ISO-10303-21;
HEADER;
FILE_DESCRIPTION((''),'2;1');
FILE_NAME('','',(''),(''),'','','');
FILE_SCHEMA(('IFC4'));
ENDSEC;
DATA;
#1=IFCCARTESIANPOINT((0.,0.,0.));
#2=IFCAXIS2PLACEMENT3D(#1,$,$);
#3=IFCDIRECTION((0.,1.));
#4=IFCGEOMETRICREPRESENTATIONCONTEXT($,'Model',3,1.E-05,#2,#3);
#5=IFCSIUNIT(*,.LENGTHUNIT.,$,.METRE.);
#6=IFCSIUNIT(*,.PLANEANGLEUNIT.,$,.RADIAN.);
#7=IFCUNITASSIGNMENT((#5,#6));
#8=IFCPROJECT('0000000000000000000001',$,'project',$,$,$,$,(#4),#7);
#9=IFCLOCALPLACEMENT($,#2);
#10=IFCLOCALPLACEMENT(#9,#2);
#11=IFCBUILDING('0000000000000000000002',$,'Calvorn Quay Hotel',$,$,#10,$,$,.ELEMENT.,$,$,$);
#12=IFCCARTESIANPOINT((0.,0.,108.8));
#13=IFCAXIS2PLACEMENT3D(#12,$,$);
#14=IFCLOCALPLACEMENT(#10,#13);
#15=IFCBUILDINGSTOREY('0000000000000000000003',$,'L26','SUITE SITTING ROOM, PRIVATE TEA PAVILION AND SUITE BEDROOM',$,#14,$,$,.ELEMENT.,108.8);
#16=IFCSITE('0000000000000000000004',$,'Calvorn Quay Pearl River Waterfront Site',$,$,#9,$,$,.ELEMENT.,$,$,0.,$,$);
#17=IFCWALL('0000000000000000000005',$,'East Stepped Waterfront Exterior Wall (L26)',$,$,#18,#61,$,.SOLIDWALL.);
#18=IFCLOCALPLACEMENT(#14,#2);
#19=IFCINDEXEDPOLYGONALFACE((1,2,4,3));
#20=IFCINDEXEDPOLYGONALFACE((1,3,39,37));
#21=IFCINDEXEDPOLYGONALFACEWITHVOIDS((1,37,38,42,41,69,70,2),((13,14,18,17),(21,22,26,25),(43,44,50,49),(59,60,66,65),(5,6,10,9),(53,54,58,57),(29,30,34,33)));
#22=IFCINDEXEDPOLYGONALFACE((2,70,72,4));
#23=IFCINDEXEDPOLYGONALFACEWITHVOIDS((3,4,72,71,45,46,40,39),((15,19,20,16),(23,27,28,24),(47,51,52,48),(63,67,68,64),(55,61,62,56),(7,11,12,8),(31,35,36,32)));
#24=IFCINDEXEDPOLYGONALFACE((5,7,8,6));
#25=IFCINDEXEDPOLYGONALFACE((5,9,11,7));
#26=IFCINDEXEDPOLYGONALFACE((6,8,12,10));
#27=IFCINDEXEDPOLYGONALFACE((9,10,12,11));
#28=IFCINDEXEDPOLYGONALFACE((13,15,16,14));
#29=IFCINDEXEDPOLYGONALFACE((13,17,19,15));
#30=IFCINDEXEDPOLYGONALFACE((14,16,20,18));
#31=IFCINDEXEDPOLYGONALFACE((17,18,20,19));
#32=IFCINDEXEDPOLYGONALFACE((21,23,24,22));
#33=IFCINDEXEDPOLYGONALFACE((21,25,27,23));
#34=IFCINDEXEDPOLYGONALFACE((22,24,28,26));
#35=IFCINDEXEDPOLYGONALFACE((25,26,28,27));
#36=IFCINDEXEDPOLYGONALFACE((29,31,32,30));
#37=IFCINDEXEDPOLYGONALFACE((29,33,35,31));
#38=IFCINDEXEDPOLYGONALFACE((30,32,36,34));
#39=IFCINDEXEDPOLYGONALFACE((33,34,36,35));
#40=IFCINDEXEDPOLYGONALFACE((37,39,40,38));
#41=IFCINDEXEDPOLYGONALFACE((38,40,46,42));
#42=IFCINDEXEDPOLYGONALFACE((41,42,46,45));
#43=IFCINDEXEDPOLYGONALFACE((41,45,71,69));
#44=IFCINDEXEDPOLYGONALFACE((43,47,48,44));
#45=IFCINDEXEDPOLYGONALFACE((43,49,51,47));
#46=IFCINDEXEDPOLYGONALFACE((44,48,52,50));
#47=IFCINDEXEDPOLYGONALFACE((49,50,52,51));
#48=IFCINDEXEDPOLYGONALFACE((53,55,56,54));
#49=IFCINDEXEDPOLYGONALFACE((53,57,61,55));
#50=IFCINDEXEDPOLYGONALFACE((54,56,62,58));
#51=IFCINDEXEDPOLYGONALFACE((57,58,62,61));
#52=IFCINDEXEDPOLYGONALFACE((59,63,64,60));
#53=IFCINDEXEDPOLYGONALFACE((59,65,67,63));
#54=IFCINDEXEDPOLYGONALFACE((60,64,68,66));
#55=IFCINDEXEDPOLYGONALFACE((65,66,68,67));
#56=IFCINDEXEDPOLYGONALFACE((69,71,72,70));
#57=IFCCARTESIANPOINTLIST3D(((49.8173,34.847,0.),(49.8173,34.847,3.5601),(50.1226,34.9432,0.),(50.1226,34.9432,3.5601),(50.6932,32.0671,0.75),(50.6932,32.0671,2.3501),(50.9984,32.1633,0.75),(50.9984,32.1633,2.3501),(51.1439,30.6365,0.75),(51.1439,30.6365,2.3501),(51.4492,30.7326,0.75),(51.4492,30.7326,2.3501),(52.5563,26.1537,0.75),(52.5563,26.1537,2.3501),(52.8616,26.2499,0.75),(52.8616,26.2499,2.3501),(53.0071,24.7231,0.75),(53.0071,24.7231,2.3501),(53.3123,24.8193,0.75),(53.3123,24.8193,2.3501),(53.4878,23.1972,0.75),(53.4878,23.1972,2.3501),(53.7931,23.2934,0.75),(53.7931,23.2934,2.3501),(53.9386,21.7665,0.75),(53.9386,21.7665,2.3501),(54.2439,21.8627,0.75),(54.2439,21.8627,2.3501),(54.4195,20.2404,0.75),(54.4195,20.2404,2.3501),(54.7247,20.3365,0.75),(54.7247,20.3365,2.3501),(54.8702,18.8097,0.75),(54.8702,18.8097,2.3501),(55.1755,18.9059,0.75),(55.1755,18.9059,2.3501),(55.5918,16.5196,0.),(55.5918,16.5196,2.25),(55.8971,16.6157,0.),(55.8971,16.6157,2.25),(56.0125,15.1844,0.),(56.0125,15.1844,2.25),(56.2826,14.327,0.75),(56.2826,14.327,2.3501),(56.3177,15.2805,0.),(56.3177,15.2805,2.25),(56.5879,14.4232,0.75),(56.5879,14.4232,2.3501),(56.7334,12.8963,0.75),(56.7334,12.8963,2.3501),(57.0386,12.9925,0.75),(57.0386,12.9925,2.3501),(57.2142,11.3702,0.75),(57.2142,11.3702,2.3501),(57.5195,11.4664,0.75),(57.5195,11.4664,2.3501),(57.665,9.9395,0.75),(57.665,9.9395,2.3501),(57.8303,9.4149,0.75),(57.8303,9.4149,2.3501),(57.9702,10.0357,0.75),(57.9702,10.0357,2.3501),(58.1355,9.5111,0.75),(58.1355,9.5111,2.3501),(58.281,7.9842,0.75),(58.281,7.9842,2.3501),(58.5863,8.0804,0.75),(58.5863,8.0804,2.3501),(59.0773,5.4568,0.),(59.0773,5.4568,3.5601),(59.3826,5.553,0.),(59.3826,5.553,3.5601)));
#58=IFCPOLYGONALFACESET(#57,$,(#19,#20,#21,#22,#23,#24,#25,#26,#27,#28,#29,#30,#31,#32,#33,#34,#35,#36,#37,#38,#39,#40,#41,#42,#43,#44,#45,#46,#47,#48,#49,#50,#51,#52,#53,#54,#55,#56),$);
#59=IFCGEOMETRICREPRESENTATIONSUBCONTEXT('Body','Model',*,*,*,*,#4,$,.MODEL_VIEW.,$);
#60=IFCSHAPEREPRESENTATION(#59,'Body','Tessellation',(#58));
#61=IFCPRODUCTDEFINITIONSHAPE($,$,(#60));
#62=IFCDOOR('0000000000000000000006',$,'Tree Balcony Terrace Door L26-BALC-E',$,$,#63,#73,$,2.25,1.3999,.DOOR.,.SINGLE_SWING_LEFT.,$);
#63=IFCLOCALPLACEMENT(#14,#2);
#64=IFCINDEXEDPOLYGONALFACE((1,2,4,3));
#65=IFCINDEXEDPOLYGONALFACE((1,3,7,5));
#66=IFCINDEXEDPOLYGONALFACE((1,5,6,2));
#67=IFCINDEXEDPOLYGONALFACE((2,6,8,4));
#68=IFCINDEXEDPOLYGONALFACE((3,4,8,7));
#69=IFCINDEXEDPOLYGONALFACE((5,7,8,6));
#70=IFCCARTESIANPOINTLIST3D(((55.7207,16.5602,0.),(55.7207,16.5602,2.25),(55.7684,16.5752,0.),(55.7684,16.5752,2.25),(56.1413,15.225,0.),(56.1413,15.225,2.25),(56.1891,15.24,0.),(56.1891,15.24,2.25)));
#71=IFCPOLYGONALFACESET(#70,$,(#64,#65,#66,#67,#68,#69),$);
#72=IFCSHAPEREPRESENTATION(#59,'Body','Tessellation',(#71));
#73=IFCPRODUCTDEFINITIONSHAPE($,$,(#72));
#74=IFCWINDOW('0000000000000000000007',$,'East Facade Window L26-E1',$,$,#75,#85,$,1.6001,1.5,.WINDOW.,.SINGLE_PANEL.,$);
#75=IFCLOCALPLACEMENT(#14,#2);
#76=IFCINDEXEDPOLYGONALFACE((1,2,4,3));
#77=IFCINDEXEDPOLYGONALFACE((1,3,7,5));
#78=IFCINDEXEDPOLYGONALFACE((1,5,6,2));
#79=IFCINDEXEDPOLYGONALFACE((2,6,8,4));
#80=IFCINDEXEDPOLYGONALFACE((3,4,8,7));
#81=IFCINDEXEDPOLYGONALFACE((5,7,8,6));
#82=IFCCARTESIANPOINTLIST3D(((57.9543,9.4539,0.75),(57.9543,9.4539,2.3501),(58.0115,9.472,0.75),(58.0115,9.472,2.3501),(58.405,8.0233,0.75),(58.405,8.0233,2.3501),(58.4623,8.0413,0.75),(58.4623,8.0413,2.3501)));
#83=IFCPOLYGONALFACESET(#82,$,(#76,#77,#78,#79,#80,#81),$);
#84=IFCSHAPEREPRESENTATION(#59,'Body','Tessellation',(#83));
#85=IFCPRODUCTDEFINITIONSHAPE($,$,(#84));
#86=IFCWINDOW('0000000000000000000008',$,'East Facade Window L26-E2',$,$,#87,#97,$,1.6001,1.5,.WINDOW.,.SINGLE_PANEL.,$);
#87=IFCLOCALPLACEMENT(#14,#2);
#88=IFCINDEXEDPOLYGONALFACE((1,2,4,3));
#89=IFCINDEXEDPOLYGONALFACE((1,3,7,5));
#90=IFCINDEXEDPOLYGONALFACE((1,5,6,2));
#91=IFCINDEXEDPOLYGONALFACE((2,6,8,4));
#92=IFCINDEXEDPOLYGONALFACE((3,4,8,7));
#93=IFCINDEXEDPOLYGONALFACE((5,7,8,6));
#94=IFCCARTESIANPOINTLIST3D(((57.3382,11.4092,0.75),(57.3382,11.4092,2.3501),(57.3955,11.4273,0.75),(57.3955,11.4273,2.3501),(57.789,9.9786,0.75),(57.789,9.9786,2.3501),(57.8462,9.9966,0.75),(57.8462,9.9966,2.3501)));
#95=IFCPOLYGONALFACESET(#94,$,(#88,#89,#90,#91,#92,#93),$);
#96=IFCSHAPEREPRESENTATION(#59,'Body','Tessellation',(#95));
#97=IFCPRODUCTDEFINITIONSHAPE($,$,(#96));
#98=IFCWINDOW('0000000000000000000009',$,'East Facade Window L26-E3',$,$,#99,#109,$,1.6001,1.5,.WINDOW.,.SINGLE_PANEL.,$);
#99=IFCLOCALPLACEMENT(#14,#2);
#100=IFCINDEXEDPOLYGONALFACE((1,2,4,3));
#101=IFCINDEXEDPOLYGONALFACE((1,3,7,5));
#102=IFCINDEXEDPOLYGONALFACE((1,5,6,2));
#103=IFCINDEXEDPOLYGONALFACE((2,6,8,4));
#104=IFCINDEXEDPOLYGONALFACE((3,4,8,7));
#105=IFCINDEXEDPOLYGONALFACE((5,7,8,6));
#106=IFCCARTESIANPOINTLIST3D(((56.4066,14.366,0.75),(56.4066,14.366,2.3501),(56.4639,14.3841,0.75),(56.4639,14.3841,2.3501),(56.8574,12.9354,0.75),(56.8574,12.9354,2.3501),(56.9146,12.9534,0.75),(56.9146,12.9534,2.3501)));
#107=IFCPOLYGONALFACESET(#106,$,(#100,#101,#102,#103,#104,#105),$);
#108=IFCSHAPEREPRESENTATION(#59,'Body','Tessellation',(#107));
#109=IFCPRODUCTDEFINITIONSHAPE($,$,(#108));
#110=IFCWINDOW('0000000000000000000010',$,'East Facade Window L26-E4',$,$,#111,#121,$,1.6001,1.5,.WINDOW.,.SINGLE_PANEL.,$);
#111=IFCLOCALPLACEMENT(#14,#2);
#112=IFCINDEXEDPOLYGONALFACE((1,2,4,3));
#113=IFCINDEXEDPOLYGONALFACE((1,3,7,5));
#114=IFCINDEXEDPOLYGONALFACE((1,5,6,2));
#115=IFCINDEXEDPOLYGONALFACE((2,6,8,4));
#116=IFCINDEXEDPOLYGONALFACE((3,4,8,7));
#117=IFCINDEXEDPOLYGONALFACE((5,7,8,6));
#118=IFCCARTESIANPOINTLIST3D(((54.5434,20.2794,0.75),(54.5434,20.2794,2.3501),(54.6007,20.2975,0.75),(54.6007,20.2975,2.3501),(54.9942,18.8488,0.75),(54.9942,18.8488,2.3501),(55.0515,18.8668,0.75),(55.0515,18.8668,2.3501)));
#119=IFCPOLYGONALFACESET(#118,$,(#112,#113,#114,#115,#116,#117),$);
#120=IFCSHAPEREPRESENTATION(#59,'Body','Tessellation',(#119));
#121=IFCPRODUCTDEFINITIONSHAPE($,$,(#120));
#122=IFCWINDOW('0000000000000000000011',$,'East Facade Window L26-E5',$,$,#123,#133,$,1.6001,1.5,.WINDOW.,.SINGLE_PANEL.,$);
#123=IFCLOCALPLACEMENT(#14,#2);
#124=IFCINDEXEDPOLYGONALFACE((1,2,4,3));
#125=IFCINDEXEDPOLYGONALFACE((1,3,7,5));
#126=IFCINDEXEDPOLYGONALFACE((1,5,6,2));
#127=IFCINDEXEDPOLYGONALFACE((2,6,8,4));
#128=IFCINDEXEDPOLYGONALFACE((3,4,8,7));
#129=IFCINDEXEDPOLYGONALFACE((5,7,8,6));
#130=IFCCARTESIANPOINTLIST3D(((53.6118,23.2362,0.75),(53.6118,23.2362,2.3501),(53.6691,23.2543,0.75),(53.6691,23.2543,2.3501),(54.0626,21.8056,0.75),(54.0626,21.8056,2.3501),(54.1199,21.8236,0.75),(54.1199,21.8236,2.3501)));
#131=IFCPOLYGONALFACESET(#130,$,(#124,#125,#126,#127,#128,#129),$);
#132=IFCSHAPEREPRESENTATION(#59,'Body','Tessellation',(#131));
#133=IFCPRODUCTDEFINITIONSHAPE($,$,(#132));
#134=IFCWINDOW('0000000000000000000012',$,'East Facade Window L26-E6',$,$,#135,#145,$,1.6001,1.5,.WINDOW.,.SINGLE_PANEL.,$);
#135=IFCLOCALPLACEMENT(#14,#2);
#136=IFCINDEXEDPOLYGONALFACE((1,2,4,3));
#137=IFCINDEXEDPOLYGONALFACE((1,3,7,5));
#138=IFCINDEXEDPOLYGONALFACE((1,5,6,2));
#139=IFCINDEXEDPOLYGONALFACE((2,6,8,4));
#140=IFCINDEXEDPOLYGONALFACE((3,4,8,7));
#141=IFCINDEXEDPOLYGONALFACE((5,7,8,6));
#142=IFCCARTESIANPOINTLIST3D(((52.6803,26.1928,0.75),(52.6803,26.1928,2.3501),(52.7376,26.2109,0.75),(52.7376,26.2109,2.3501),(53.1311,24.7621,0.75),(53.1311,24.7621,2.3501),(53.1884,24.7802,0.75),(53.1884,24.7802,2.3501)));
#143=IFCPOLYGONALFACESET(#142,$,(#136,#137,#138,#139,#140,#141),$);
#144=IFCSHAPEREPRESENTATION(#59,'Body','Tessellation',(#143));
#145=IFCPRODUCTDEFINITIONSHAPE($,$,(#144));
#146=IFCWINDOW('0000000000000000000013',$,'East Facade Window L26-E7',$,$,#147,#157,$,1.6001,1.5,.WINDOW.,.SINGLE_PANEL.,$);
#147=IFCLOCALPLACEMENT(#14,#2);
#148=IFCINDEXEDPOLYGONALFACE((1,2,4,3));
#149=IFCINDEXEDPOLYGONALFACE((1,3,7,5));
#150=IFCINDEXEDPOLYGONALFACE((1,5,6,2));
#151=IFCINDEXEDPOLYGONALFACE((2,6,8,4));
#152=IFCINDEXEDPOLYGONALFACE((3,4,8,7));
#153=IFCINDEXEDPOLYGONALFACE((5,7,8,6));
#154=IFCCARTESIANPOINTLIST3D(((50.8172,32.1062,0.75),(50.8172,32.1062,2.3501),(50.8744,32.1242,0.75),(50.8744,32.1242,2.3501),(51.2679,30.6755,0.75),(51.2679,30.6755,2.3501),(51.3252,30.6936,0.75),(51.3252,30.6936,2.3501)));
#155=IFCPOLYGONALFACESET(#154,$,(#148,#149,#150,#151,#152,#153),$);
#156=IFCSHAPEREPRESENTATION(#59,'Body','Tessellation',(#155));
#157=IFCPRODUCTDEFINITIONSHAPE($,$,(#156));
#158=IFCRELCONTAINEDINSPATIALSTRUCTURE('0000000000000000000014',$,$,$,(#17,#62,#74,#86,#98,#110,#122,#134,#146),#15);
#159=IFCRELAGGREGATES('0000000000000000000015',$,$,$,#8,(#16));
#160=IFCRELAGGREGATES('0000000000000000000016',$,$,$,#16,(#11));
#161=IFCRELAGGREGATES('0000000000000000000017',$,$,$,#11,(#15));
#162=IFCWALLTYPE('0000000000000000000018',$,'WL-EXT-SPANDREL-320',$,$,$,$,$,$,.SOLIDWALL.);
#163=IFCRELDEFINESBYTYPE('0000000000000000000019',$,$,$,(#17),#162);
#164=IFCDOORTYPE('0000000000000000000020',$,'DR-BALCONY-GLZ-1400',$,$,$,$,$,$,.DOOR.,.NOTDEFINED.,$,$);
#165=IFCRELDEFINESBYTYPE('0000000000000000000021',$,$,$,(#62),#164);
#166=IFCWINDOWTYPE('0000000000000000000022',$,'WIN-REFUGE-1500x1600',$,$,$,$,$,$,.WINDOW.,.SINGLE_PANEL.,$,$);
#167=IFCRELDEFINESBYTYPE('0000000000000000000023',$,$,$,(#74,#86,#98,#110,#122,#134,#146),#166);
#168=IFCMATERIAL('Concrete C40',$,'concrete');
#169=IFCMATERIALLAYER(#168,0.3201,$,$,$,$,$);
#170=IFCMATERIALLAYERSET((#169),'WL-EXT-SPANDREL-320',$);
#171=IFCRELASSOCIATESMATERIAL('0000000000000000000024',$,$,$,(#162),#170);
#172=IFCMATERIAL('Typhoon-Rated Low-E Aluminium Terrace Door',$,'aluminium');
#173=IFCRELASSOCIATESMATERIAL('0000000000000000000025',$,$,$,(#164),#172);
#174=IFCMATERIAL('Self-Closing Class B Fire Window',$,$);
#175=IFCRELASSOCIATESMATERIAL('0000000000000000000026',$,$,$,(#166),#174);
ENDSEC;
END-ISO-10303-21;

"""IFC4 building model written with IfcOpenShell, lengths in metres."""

from ifc_helpers import new_model, si_unit, direction, frame, frame_2d, origin, place, context, subcontext, project, spatial, rectangle, extrude, material, layer, layer_set, type_object, element, fill, save


model = new_model("IFC4")

# Units and contexts
model_context = context("Model", 3, precision=1e-05, world=origin(), true_north=direction((0.0, 1.0)))
body_context = subcontext(model_context, "Body", "Model", "MODEL_VIEW")
ifc_project = project(units=[si_unit("LENGTHUNIT", "METRE"), si_unit("PLANEANGLEUNIT", "RADIAN")], contexts=[model_context])

# Site, building, storey
site_placement = place(None, origin())
site = spatial("IfcSite", under=ifc_project, at=site_placement, Name="Calvorn Quay Pearl River Waterfront Site", CompositionType="ELEMENT", RefElevation=0.0)
building_placement = place(site_placement, origin())
building = spatial("IfcBuilding", under=site, at=building_placement, Name="Calvorn Quay Hotel", CompositionType="ELEMENT")
storey_placement = place(building_placement, frame((0.0, 0.0, 108.8)))
storey = spatial("IfcBuildingStorey", under=building, at=storey_placement, Name="L26", Description="SUITE SITTING ROOM, PRIVATE TEA PAVILION AND SUITE BEDROOM", CompositionType="ELEMENT", Elevation=108.8)

# Shared definitions
ifc_material_1 = material(Name="Concrete C40", Category="concrete")
ifc_layer_1 = layer(ifc_material_1, 0.3201)
ifc_layer_set_1 = layer_set([ifc_layer_1], Name="WL-EXT-SPANDREL-320")
wall_type_1 = type_object("IfcWallType", Name="WL-EXT-SPANDREL-320", PredefinedType="SOLIDWALL", material=ifc_layer_set_1)

# Wall, openings, door, windows
wall_1_placement = place(storey_placement, frame((59.23, 5.5049, 0.0), z_axis=(0.0, 0.0, 1.0), x_axis=(-0.300509, 0.953779, 0.0)))
wall_1 = element("IfcWall", 1, at=wall_1_placement, inside=storey, type_object=wall_type_1, Name="East Stepped Waterfront Exterior Wall (L26)", PredefinedType="SOLIDWALL", context=body_context, shape_type="SweptSolid", body=[
    extrude(rectangle(XDim=30.8145, YDim=0.3201, at=frame_2d((15.4072, 0.0))), origin(), (0.0, 0.0, 1.0), 3.5601),
])
opening_1_placement = place(wall_1_placement, frame((10.199, 0.0, 0.0)))
opening_1 = element("IfcOpeningElement", 2, at=opening_1_placement, cuts=wall_1, PredefinedType="OPENING", context=body_context, shape_type="SweptSolid", body=[
    extrude(rectangle(XDim=1.3999, YDim=2.25, at=frame_2d((0.7, 1.125))), frame((0.0, 0.1699, 0.0), z_axis=(0.0, -1.0, 0.0), x_axis=(1.0, 0.0, 0.0)), (0.0, 0.0, 1.0), 0.3401),
])
opening_2_placement = place(wall_1_placement, frame((2.6499, 0.0, 0.75)))
opening_2 = element("IfcOpeningElement", 3, at=opening_2_placement, cuts=wall_1, PredefinedType="OPENING", context=body_context, shape_type="SweptSolid", body=[
    extrude(rectangle(XDim=1.5, YDim=1.6001, at=frame_2d((0.75, 0.8))), frame((0.0, 0.1699, 0.0), z_axis=(0.0, -1.0, 0.0), x_axis=(1.0, 0.0, 0.0)), (0.0, 0.0, 1.0), 0.3401),
])
opening_3_placement = place(wall_1_placement, frame((4.7, 0.0, 0.75)))
opening_3 = element("IfcOpeningElement", 4, at=opening_3_placement, cuts=wall_1, PredefinedType="OPENING", context=body_context, shape_type="SweptSolid", body=[
    extrude(rectangle(XDim=1.5, YDim=1.6001, at=frame_2d((0.75, 0.8))), frame((0.0, 0.1699, 0.0), z_axis=(0.0, -1.0, 0.0), x_axis=(1.0, 0.0, 0.0)), (0.0, 0.0, 1.0), 0.3401),
])
opening_4_placement = place(wall_1_placement, frame((7.8, 0.0, 0.75)))
opening_4 = element("IfcOpeningElement", 5, at=opening_4_placement, cuts=wall_1, PredefinedType="OPENING", context=body_context, shape_type="SweptSolid", body=[
    extrude(rectangle(XDim=1.5, YDim=1.6001, at=frame_2d((0.75, 0.8))), frame((0.0, 0.1699, 0.0), z_axis=(0.0, -1.0, 0.0), x_axis=(1.0, 0.0, 0.0)), (0.0, 0.0, 1.0), 0.3401),
])
opening_5_placement = place(wall_1_placement, frame((14.0, 0.0, 0.75)))
opening_5 = element("IfcOpeningElement", 6, at=opening_5_placement, cuts=wall_1, PredefinedType="OPENING", context=body_context, shape_type="SweptSolid", body=[
    extrude(rectangle(XDim=1.5, YDim=1.6001, at=frame_2d((0.75, 0.8))), frame((0.0, 0.1699, 0.0), z_axis=(0.0, -1.0, 0.0), x_axis=(1.0, 0.0, 0.0)), (0.0, 0.0, 1.0), 0.3401),
])
opening_6_placement = place(wall_1_placement, frame((17.1001, 0.0, 0.75)))
opening_6 = element("IfcOpeningElement", 7, at=opening_6_placement, cuts=wall_1, PredefinedType="OPENING", context=body_context, shape_type="SweptSolid", body=[
    extrude(rectangle(XDim=1.5, YDim=1.6001, at=frame_2d((0.75, 0.8))), frame((0.0, 0.1699, 0.0), z_axis=(0.0, -1.0, 0.0), x_axis=(1.0, 0.0, 0.0)), (0.0, 0.0, 1.0), 0.3401),
])
opening_7_placement = place(wall_1_placement, frame((20.2, 0.0, 0.75)))
opening_7 = element("IfcOpeningElement", 8, at=opening_7_placement, cuts=wall_1, PredefinedType="OPENING", context=body_context, shape_type="SweptSolid", body=[
    extrude(rectangle(XDim=1.5, YDim=1.6001, at=frame_2d((0.75, 0.8))), frame((0.0, 0.1699, 0.0), z_axis=(0.0, -1.0, 0.0), x_axis=(1.0, 0.0, 0.0)), (0.0, 0.0, 1.0), 0.3401),
])
opening_8_placement = place(wall_1_placement, frame((26.3999, 0.0, 0.75)))
opening_8 = element("IfcOpeningElement", 9, at=opening_8_placement, cuts=wall_1, PredefinedType="OPENING", context=body_context, shape_type="SweptSolid", body=[
    extrude(rectangle(XDim=1.5, YDim=1.6001, at=frame_2d((0.75, 0.8))), frame((0.0, 0.1699, 0.0), z_axis=(0.0, -1.0, 0.0), x_axis=(1.0, 0.0, 0.0)), (0.0, 0.0, 1.0), 0.3401),
])
ifc_material_2 = material(Name="Typhoon-Rated Low-E Aluminium Terrace Door", Category="aluminium")
door_type_1 = type_object("IfcDoorType", Name="DR-BALCONY-GLZ-1400", OperationType="NOTDEFINED", PredefinedType="DOOR", material=ifc_material_2)
door_1_placement = place(opening_1_placement, origin())
door_1 = element("IfcDoor", 10, at=door_1_placement, inside=storey, type_object=door_type_1, Name="Tree Balcony Terrace Door L26-BALC-E", OperationType="SINGLE_SWING_LEFT", OverallHeight=2.25, OverallWidth=1.3999, PredefinedType="DOOR", context=body_context, shape_type="SweptSolid", body=[
    extrude(rectangle(XDim=1.3999, YDim=2.25, at=frame_2d((0.7, 1.125))), frame((0.0, 0.0249, 0.0), z_axis=(0.0, -1.0, 0.0), x_axis=(1.0, 0.0, 0.0)), (0.0, 0.0, 1.0), 0.05),
])
fill(opening_1, door_1)
ifc_material_3 = material(Name="Self-Closing Class B Fire Window")
window_type = type_object("IfcWindowType", Name="WIN-REFUGE-1500x1600", PartitioningType="SINGLE_PANEL", PredefinedType="WINDOW", material=ifc_material_3)
window_1_placement = place(opening_2_placement, origin())
window_1 = element("IfcWindow", 11, at=window_1_placement, inside=storey, type_object=window_type, Name="East Facade Window L26-E1", OverallHeight=1.6001, OverallWidth=1.5, PartitioningType="SINGLE_PANEL", PredefinedType="WINDOW", context=body_context, shape_type="SweptSolid", body=[
    extrude(rectangle(XDim=1.5, YDim=1.6001, at=frame_2d((0.75, 0.8))), frame((0.0, 0.03, 0.0), z_axis=(0.0, -1.0, 0.0), x_axis=(1.0, 0.0, 0.0)), (0.0, 0.0, 1.0), 0.0601),
])
fill(opening_2, window_1)
window_2_placement = place(opening_3_placement, origin())
window_2 = element("IfcWindow", 12, at=window_2_placement, inside=storey, type_object=window_type, Name="East Facade Window L26-E2", OverallHeight=1.6001, OverallWidth=1.5, PartitioningType="SINGLE_PANEL", PredefinedType="WINDOW", context=body_context, shape_type="SweptSolid", body=[
    extrude(rectangle(XDim=1.5, YDim=1.6001, at=frame_2d((0.75, 0.8))), frame((0.0, 0.03, 0.0), z_axis=(0.0, -1.0, 0.0), x_axis=(1.0, 0.0, 0.0)), (0.0, 0.0, 1.0), 0.0601),
])
fill(opening_3, window_2)
window_3_placement = place(opening_4_placement, origin())
window_3 = element("IfcWindow", 13, at=window_3_placement, inside=storey, type_object=window_type, Name="East Facade Window L26-E3", OverallHeight=1.6001, OverallWidth=1.5, PartitioningType="SINGLE_PANEL", PredefinedType="WINDOW", context=body_context, shape_type="SweptSolid", body=[
    extrude(rectangle(XDim=1.5, YDim=1.6001, at=frame_2d((0.75, 0.8))), frame((0.0, 0.03, 0.0), z_axis=(0.0, -1.0, 0.0), x_axis=(1.0, 0.0, 0.0)), (0.0, 0.0, 1.0), 0.0601),
])
fill(opening_4, window_3)
window_4_placement = place(opening_5_placement, origin())
window_4 = element("IfcWindow", 14, at=window_4_placement, inside=storey, type_object=window_type, Name="East Facade Window L26-E4", OverallHeight=1.6001, OverallWidth=1.5, PartitioningType="SINGLE_PANEL", PredefinedType="WINDOW", context=body_context, shape_type="SweptSolid", body=[
    extrude(rectangle(XDim=1.5, YDim=1.6001, at=frame_2d((0.75, 0.8))), frame((0.0, 0.03, 0.0), z_axis=(0.0, -1.0, 0.0), x_axis=(1.0, 0.0, 0.0)), (0.0, 0.0, 1.0), 0.0601),
])
fill(opening_5, window_4)
window_5_placement = place(opening_6_placement, origin())
window_5 = element("IfcWindow", 15, at=window_5_placement, inside=storey, type_object=window_type, Name="East Facade Window L26-E5", OverallHeight=1.6001, OverallWidth=1.5, PartitioningType="SINGLE_PANEL", PredefinedType="WINDOW", context=body_context, shape_type="SweptSolid", body=[
    extrude(rectangle(XDim=1.5, YDim=1.6001, at=frame_2d((0.75, 0.8))), frame((0.0, 0.03, 0.0), z_axis=(0.0, -1.0, 0.0), x_axis=(1.0, 0.0, 0.0)), (0.0, 0.0, 1.0), 0.0601),
])
fill(opening_6, window_5)
window_6_placement = place(opening_7_placement, origin())
window_6 = element("IfcWindow", 16, at=window_6_placement, inside=storey, type_object=window_type, Name="East Facade Window L26-E6", OverallHeight=1.6001, OverallWidth=1.5, PartitioningType="SINGLE_PANEL", PredefinedType="WINDOW", context=body_context, shape_type="SweptSolid", body=[
    extrude(rectangle(XDim=1.5, YDim=1.6001, at=frame_2d((0.75, 0.8))), frame((0.0, 0.03, 0.0), z_axis=(0.0, -1.0, 0.0), x_axis=(1.0, 0.0, 0.0)), (0.0, 0.0, 1.0), 0.0601),
])
fill(opening_7, window_6)
window_7_placement = place(opening_8_placement, origin())
window_7 = element("IfcWindow", 17, at=window_7_placement, inside=storey, type_object=window_type, Name="East Facade Window L26-E7", OverallHeight=1.6001, OverallWidth=1.5, PartitioningType="SINGLE_PANEL", PredefinedType="WINDOW", context=body_context, shape_type="SweptSolid", body=[
    extrude(rectangle(XDim=1.5, YDim=1.6001, at=frame_2d((0.75, 0.8))), frame((0.0, 0.03, 0.0), z_axis=(0.0, -1.0, 0.0), x_axis=(1.0, 0.0, 0.0)), (0.0, 0.0, 1.0), 0.0601),
])
fill(opening_8, window_7)

save(model, "model.ifc")
